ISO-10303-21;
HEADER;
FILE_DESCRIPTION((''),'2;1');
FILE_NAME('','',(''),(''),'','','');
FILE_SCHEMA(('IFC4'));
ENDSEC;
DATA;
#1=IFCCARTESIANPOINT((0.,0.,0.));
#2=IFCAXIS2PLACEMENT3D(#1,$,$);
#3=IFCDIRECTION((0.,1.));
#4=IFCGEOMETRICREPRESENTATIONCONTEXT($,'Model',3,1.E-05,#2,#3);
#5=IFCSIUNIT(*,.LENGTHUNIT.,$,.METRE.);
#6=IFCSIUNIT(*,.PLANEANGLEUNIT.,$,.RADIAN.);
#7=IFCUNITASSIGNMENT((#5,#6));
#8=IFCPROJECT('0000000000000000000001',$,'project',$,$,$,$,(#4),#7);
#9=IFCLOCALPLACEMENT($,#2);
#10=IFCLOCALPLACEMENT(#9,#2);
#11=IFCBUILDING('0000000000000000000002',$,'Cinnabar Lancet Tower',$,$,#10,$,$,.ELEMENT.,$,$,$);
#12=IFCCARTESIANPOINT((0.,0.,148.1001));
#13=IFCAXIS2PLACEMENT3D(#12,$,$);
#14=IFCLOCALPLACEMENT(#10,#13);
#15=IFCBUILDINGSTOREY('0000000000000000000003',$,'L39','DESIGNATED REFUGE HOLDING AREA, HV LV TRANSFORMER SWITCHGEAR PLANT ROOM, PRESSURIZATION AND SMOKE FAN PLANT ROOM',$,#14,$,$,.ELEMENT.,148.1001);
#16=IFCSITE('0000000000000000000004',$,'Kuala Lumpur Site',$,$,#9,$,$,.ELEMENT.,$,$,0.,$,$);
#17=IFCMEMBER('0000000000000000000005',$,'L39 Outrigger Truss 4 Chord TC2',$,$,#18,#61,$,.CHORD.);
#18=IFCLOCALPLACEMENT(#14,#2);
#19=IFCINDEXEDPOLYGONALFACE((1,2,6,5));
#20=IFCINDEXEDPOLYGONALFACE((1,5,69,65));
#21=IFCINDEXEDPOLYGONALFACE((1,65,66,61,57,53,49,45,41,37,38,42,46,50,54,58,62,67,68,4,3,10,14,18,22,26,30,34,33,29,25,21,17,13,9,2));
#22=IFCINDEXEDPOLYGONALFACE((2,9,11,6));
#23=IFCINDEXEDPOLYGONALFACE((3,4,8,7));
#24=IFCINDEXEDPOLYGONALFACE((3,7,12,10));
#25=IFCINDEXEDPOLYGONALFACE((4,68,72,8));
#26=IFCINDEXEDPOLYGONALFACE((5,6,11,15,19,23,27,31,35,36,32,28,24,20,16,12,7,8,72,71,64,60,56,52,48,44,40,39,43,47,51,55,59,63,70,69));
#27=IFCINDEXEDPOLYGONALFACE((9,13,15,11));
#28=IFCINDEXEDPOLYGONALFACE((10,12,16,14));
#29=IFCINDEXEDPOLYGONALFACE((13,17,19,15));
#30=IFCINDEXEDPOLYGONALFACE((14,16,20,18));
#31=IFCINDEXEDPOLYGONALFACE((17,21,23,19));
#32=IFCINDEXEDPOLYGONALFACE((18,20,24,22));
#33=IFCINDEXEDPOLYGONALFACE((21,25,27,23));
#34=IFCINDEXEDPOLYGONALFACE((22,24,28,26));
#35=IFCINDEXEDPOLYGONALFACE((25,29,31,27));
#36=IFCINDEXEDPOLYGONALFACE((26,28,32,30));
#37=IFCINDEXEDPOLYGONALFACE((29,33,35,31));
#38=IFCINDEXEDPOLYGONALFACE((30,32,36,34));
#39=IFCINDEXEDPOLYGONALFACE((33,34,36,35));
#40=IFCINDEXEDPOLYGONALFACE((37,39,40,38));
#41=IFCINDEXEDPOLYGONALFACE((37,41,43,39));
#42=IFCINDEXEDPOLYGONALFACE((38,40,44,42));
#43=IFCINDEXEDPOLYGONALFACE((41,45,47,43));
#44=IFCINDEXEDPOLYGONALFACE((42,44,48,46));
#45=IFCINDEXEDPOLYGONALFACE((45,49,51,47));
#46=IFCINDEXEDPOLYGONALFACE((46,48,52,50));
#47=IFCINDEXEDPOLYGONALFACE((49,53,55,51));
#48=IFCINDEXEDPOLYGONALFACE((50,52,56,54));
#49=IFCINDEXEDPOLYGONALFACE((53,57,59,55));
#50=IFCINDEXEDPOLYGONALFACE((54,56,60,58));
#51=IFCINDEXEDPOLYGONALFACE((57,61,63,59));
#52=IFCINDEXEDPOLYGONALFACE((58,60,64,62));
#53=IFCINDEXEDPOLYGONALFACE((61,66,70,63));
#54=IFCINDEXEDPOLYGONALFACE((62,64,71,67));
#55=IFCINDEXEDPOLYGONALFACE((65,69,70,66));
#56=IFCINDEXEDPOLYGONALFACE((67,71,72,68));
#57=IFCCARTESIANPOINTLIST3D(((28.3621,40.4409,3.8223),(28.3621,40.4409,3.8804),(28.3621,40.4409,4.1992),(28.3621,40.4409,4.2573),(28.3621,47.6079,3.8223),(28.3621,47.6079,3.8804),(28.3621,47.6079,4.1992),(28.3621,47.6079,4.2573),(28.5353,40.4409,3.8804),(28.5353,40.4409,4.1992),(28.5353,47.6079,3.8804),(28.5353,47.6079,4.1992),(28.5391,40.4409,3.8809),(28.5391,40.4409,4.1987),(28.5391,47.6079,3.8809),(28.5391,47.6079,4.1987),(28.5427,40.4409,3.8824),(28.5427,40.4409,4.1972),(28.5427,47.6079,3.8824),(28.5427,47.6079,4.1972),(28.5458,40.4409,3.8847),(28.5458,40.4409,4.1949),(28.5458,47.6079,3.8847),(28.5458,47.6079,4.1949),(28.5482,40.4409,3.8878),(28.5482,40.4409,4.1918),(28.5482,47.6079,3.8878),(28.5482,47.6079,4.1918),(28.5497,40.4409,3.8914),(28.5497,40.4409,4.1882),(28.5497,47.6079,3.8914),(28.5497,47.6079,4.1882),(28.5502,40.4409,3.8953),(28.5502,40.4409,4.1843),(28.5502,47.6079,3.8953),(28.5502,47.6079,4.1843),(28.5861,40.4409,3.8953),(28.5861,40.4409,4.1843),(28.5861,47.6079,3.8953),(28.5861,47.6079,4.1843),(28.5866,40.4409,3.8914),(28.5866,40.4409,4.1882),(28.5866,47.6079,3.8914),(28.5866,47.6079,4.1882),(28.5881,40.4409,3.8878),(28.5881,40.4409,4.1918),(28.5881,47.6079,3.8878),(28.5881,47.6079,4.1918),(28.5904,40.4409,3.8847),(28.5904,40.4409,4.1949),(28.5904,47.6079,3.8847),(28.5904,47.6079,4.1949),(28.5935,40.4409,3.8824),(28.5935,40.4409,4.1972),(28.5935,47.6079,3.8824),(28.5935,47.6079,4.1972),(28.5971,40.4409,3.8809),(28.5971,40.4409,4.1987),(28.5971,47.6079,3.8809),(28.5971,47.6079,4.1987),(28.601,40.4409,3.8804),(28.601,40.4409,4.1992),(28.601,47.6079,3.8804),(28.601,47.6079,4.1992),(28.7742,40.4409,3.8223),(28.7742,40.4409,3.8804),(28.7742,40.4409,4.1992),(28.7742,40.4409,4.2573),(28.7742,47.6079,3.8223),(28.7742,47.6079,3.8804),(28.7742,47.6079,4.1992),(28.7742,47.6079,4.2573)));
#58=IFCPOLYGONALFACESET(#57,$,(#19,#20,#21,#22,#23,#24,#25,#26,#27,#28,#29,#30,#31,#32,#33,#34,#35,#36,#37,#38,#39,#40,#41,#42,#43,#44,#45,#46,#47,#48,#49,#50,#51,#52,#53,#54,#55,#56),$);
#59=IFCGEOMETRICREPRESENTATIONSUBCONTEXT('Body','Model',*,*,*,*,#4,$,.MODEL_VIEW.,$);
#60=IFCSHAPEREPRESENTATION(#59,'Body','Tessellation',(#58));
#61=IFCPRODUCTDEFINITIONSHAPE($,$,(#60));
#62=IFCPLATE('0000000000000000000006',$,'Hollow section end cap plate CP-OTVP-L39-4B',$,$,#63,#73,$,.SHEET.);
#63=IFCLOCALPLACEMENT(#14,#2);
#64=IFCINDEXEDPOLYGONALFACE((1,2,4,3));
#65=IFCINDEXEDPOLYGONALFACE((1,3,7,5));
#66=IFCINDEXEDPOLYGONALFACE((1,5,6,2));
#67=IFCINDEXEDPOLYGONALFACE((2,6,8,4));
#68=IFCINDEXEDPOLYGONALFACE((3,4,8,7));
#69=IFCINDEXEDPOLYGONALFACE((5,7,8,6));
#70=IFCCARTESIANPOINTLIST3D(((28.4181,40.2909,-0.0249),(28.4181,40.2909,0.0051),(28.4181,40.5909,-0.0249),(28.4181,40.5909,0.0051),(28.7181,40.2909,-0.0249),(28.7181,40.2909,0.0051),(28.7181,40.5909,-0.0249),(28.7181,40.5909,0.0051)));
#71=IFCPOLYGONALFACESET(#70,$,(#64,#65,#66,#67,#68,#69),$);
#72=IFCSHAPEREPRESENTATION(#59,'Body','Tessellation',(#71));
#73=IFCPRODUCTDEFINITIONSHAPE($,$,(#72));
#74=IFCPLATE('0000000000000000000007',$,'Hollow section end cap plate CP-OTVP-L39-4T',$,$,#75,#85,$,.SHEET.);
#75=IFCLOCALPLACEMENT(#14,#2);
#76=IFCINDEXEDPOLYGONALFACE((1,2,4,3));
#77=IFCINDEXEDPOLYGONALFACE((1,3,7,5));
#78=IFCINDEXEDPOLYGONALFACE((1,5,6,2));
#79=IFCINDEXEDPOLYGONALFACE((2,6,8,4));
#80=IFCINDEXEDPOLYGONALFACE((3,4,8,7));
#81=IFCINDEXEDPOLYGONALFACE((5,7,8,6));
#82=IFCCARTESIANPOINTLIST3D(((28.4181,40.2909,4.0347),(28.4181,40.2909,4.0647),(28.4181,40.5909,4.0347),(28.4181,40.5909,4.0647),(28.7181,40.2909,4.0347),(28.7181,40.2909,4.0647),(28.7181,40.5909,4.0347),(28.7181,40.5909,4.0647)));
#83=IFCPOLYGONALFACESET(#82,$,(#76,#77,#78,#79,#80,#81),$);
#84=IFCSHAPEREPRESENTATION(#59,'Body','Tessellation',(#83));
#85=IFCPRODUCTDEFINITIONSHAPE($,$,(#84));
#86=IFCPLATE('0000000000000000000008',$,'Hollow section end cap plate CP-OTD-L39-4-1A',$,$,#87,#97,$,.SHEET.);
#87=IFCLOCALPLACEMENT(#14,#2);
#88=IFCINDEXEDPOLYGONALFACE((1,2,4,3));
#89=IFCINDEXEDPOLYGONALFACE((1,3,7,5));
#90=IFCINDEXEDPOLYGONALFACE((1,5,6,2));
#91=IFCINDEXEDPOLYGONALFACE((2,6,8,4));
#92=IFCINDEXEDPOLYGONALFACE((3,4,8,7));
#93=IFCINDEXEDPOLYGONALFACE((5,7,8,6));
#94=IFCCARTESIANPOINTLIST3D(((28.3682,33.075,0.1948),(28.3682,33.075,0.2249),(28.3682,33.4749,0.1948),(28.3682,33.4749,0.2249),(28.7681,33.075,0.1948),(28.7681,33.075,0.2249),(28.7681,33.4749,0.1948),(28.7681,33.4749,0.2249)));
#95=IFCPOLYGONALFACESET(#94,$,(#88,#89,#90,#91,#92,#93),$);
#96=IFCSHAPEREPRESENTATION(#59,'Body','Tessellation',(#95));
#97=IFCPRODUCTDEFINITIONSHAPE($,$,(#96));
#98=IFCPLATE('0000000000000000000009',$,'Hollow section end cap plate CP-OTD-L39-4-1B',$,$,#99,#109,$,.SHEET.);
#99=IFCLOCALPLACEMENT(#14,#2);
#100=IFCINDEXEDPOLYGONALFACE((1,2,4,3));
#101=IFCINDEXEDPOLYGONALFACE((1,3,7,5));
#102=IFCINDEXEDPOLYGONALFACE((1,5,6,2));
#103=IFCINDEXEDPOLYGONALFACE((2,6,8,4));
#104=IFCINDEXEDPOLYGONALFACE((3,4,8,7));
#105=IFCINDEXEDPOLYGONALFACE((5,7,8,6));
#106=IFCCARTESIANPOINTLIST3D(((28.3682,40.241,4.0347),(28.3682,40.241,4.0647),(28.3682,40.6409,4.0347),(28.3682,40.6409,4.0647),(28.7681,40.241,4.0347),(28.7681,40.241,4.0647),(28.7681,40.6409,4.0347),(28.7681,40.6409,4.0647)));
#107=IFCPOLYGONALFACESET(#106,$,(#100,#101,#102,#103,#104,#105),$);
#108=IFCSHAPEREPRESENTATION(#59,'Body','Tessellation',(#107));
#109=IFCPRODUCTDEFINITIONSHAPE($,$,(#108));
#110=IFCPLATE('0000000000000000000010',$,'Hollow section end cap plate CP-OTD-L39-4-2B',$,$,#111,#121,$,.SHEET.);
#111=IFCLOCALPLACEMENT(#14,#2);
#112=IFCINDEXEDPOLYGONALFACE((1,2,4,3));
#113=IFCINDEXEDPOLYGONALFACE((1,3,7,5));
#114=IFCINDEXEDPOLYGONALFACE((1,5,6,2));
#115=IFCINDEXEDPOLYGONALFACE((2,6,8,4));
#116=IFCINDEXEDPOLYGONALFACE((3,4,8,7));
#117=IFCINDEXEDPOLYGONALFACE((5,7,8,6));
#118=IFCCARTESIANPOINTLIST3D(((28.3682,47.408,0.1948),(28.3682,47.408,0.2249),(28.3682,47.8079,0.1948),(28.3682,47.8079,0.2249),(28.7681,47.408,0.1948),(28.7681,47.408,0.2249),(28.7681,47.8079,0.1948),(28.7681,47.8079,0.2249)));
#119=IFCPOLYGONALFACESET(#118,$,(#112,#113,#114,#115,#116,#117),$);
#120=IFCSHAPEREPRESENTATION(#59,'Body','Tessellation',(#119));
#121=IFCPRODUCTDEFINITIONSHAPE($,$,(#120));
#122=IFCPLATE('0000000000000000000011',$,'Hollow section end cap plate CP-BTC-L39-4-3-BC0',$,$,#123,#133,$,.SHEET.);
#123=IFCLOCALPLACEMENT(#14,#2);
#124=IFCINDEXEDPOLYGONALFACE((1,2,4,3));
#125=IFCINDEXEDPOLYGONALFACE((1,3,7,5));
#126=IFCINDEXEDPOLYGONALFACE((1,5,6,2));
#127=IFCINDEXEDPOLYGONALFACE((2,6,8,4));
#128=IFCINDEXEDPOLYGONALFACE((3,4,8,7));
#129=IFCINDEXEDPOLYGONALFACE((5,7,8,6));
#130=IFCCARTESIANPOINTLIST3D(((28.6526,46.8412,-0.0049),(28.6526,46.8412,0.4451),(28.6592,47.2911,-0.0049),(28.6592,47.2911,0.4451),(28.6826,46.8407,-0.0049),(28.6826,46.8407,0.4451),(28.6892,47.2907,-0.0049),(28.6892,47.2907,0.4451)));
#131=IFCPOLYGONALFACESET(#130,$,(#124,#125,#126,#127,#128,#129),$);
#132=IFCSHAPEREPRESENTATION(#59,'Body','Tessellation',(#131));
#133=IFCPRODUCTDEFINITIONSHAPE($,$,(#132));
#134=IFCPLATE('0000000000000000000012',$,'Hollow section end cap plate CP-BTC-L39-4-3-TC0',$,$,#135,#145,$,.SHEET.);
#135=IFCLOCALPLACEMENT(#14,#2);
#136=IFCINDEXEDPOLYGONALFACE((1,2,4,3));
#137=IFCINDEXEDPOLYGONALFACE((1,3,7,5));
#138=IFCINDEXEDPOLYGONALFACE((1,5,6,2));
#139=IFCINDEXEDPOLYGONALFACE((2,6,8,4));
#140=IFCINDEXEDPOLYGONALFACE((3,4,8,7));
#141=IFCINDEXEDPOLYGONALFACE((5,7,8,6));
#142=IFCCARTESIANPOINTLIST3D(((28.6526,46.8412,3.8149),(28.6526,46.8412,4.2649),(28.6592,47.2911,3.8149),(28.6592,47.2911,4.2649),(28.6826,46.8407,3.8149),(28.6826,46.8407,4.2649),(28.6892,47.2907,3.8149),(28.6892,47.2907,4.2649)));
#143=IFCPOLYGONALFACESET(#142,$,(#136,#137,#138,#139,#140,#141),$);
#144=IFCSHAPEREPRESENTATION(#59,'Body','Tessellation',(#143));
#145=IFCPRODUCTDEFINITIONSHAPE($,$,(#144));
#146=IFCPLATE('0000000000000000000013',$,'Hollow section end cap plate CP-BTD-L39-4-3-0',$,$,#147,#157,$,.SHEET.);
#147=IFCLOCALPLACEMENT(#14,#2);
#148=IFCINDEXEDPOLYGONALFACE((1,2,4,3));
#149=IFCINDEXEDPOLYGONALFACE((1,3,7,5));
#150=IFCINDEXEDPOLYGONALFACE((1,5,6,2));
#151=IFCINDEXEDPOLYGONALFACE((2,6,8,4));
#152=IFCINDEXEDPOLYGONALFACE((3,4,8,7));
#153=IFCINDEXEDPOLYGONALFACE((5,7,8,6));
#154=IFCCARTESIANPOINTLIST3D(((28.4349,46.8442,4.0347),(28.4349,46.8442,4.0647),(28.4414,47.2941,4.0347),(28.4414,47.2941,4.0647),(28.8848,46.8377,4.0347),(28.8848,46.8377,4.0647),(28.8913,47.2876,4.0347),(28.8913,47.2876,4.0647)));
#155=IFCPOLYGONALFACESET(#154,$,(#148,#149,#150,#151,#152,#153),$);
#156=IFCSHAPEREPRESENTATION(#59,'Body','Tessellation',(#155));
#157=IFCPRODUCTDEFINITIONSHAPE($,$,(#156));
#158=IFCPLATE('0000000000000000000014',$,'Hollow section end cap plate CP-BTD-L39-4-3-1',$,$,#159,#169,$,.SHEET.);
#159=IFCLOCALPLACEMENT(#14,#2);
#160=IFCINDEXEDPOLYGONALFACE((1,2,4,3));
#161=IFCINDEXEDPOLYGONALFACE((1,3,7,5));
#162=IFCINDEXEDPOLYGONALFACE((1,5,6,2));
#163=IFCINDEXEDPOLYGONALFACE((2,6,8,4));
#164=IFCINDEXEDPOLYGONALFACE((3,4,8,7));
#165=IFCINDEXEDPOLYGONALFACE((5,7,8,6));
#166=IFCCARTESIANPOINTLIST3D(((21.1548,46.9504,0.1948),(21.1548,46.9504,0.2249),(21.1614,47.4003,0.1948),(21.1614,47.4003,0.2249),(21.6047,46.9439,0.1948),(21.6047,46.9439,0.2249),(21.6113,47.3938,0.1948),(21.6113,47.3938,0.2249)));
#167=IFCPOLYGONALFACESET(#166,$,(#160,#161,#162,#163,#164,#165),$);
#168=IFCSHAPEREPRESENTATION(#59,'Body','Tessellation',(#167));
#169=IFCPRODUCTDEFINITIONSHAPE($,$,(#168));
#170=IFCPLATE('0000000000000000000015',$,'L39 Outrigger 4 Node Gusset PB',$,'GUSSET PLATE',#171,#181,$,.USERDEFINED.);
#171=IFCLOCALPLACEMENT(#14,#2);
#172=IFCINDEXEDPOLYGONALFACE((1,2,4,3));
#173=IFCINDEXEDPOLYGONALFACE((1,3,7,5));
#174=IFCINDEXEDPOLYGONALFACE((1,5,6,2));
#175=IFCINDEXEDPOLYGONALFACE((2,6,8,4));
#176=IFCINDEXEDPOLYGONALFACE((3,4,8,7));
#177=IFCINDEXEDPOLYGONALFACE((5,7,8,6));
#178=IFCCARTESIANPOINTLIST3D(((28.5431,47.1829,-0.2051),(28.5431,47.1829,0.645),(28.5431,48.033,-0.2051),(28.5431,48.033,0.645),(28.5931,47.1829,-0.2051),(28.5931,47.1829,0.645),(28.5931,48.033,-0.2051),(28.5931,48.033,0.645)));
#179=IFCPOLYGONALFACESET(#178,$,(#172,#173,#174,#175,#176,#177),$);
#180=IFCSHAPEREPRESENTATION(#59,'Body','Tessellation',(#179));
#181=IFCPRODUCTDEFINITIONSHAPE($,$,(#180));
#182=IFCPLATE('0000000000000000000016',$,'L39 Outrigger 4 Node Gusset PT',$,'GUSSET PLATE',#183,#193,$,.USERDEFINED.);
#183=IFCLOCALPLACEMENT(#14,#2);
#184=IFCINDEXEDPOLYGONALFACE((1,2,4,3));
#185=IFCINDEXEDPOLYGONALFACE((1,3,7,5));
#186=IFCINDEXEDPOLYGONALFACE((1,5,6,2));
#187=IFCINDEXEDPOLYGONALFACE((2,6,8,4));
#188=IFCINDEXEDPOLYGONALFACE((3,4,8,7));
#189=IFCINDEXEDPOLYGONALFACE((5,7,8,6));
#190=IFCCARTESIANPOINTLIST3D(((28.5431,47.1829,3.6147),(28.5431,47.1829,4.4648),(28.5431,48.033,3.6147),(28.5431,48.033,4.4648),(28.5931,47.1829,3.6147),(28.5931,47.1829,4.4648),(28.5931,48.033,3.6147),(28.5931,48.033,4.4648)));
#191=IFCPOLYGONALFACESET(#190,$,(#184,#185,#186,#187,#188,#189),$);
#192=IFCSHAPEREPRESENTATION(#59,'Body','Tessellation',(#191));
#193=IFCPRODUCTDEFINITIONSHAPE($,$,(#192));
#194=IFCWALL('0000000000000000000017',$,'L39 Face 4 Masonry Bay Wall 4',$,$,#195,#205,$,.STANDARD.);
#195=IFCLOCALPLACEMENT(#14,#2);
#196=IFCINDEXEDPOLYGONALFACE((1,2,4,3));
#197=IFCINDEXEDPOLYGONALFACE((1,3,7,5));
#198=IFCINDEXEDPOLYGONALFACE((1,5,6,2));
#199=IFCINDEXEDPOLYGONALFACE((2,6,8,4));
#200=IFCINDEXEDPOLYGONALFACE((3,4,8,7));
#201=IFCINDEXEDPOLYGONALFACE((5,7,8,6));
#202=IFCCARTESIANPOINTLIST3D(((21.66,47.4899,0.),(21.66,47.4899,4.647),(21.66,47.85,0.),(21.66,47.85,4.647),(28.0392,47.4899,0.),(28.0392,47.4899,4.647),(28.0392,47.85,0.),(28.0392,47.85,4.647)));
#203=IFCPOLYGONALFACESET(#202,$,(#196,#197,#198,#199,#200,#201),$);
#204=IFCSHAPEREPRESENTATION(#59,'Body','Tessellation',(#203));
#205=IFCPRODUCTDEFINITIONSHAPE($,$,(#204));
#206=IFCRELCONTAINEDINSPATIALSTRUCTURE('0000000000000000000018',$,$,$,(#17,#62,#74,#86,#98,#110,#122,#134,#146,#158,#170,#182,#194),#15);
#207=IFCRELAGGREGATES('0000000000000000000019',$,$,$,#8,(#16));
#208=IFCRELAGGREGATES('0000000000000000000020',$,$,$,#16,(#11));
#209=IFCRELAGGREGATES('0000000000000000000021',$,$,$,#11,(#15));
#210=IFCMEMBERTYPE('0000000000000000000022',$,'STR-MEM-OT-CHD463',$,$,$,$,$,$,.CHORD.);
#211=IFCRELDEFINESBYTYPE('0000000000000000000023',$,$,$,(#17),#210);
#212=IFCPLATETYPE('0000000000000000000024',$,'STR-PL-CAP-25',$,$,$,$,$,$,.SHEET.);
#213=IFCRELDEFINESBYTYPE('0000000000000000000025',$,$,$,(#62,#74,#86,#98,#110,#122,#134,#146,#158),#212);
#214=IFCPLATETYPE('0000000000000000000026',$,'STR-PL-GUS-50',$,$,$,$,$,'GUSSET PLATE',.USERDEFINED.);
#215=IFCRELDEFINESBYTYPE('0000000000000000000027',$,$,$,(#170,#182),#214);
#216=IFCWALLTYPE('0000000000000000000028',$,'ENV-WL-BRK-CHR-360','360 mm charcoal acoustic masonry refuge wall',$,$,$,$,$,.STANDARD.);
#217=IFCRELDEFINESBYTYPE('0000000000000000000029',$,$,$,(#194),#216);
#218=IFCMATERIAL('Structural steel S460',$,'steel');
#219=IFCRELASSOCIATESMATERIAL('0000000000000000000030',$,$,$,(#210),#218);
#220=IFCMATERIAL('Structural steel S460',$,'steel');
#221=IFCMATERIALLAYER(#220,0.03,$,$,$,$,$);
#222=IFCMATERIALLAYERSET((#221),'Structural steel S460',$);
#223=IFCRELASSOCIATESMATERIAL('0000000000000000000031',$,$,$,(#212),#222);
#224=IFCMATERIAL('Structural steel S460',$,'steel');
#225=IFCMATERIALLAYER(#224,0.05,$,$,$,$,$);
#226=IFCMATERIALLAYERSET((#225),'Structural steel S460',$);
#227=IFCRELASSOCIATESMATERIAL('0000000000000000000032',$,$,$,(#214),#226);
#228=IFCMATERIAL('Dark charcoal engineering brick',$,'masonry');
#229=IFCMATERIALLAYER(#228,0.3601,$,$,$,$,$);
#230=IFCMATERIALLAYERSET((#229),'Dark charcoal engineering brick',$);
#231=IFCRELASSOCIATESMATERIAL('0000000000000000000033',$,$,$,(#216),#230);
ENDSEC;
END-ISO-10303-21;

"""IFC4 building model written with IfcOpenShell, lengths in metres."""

from ifc_helpers import new_model, si_unit, direction, frame, frame_2d, origin, origin_2d, place, context, subcontext, project, spatial, rectangle, i_section, extrude, material, layer, layer_set, material_profile, profile_set, type_object, element, save


model = new_model("IFC4")

# Units and contexts
model_context = context("Model", 3, precision=1e-05, world=origin(), true_north=direction((0.0, 1.0)))
body_context = subcontext(model_context, "Body", "Model", "MODEL_VIEW")
ifc_project = project(units=[si_unit("LENGTHUNIT", "METRE"), si_unit("PLANEANGLEUNIT", "RADIAN")], contexts=[model_context])

# Site, building, storey
site_placement = place(None, origin())
site = spatial("IfcSite", under=ifc_project, at=site_placement, Name="Kuala Lumpur Site", CompositionType="ELEMENT", RefElevation=0.0)
building_placement = place(site_placement, origin())
building = spatial("IfcBuilding", under=site, at=building_placement, Name="Cinnabar Lancet Tower", CompositionType="ELEMENT")
storey_placement = place(building_placement, frame((0.0, 0.0, 148.1001)))
storey = spatial("IfcBuildingStorey", under=building, at=storey_placement, Name="L39", Description="DESIGNATED REFUGE HOLDING AREA, HV LV TRANSFORMER SWITCHGEAR PLANT ROOM, PRESSURIZATION AND SMOKE FAN PLANT ROOM", CompositionType="ELEMENT", Elevation=148.1001)

# Member
ifc_material_1 = material(Name="Structural steel S460", Category="steel")
ifc_material_profile_1 = material_profile(ifc_material_1, i_section(OverallWidth=0.4121, OverallDepth=0.4351, WebThickness=0.0359, FlangeThickness=0.0581, FilletRadius=0.0149, at=origin_2d()), Name="HD 400x463")
ifc_profile_set_1 = profile_set([ifc_material_profile_1], Name="Structural steel S460")
member_type_1 = type_object("IfcMemberType", Name="STR-MEM-OT-CHD463", PredefinedType="CHORD", material=ifc_profile_set_1)
for number, where, z_axis, x_axis, name in (
    (1, (28.5681, 40.4409, 4.0398), (0.0, 1.0, 0.0), (-1.0, 0.0, 0.0), "L39 Outrigger Truss 4 Chord TC2"),
):
    element("IfcMember", number, at=place(storey_placement, frame(where, z_axis=z_axis, x_axis=x_axis)), inside=storey, type_object=member_type_1, Name=name, PredefinedType="CHORD", context=body_context, shape_type="SweptSolid", body=[
        extrude(i_section(OverallWidth=0.4121, OverallDepth=0.4351, WebThickness=0.0359, FlangeThickness=0.0581, FilletRadius=0.0149, at=origin_2d()), origin(), (0.0, 0.0, 1.0), 7.167),
    ])

# Plates
ifc_material_2 = material(Name="Structural steel S460", Category="steel")
ifc_layer_1 = layer(ifc_material_2, 0.03)
ifc_layer_set_1 = layer_set([ifc_layer_1], Name="Structural steel S460")
plate_type_1 = type_object("IfcPlateType", Name="STR-PL-CAP-25", PredefinedType="SHEET", material=ifc_layer_set_1)
for number, where, z_axis, x_axis, name in (
    (2, (28.5681, 40.4409, -0.0249), (0.0, 0.0, 1.0), (1.0, 0.0, 0.0), "Hollow section end cap plate CP-OTVP-L39-4B"),
    (3, (28.5681, 40.4409, 4.0347), (0.0, 0.0, 1.0), (1.0, 0.0, 0.0), "Hollow section end cap plate CP-OTVP-L39-4T"),
):
    element("IfcPlate", number, at=place(storey_placement, frame(where, z_axis=z_axis, x_axis=x_axis)), inside=storey, type_object=plate_type_1, Name=name, PredefinedType="SHEET", context=body_context, shape_type="SweptSolid", body=[
        extrude(rectangle(XDim=0.3, YDim=0.3, at=origin_2d()), origin(), (0.0, 0.0, 1.0), 0.03),
    ])
for number, where, z_axis, x_axis, name in (
    (4, (28.5681, 33.2749, 0.1948), (0.0, 0.0, 1.0), (0.0, -1.0, 0.0), "Hollow section end cap plate CP-OTD-L39-4-1A"),
    (5, (28.5681, 40.4409, 4.0347), (0.0, 0.0, 1.0), (0.0, 1.0, 0.0), "Hollow section end cap plate CP-OTD-L39-4-1B"),
    (6, (28.5681, 47.6079, 0.1948), (0.0, 0.0, 1.0), (0.0, 1.0, 0.0), "Hollow section end cap plate CP-OTD-L39-4-2B"),
):
    element("IfcPlate", number, at=place(storey_placement, frame(where, z_axis=z_axis, x_axis=x_axis)), inside=storey, type_object=plate_type_1, Name=name, PredefinedType="SHEET", context=body_context, shape_type="SweptSolid", body=[
        extrude(rectangle(XDim=0.3999, YDim=0.3999, at=origin_2d()), origin(), (0.0, 0.0, 1.0), 0.03),
    ])
for number, where, z_axis, x_axis, name in (
    (7, (28.6709, 47.0659, -0.0049), (0.0, 0.0, 1.0), (0.999894, -0.014556, 0.0), "Hollow section end cap plate CP-BTC-L39-4-3-BC0"),
    (8, (28.6709, 47.0659, 3.8149), (0.0, 0.0, 1.0), (0.999894, -0.014556, 0.0), "Hollow section end cap plate CP-BTC-L39-4-3-TC0"),
):
    element("IfcPlate", number, at=place(storey_placement, frame(where, z_axis=z_axis, x_axis=x_axis)), inside=storey, type_object=plate_type_1, Name=name, PredefinedType="SHEET", context=body_context, shape_type="SweptSolid", body=[
        extrude(rectangle(XDim=0.03, YDim=0.45, at=origin_2d()), origin(), (0.0, 0.0, 1.0), 0.45),
    ])
for number, where, z_axis, x_axis, name in (
    (9, (28.6631, 47.0659, 4.0347), (0.0, 0.0, 1.0), (0.999894, -0.014556, 0.0), "Hollow section end cap plate CP-BTD-L39-4-3-0"),
    (10, (21.3831, 47.1721, 0.1948), (0.0, 0.0, 1.0), (-0.999894, 0.014556, 0.0), "Hollow section end cap plate CP-BTD-L39-4-3-1"),
):
    element("IfcPlate", number, at=place(storey_placement, frame(where, z_axis=z_axis, x_axis=x_axis)), inside=storey, type_object=plate_type_1, Name=name, PredefinedType="SHEET", context=body_context, shape_type="SweptSolid", body=[
        extrude(rectangle(XDim=0.45, YDim=0.45, at=origin_2d()), origin(), (0.0, 0.0, 1.0), 0.03),
    ])
ifc_material_3 = material(Name="Structural steel S460", Category="steel")
ifc_layer_2 = layer(ifc_material_3, 0.05)
ifc_layer_set_2 = layer_set([ifc_layer_2], Name="Structural steel S460")
plate_type_2 = type_object("IfcPlateType", Name="STR-PL-GUS-50", ElementType="GUSSET PLATE", PredefinedType="USERDEFINED", material=ifc_layer_set_2)
for number, where, z_axis, x_axis, name in (
    (11, (28.5681, 47.6079, -0.2051), (0.0, 0.0, 1.0), (1.0, 0.0, 0.0), "L39 Outrigger 4 Node Gusset PB"),
    (12, (28.5681, 47.6079, 3.6147), (0.0, 0.0, 1.0), (1.0, 0.0, 0.0), "L39 Outrigger 4 Node Gusset PT"),
):
    element("IfcPlate", number, at=place(storey_placement, frame(where, z_axis=z_axis, x_axis=x_axis)), inside=storey, type_object=plate_type_2, Name=name, ObjectType="GUSSET PLATE", PredefinedType="USERDEFINED", context=body_context, shape_type="SweptSolid", body=[
        extrude(rectangle(XDim=0.05, YDim=0.8501, at=origin_2d()), origin(), (0.0, 0.0, 1.0), 0.8501),
    ])

# Wall
ifc_material_4 = material(Name="Dark charcoal engineering brick", Category="masonry")
ifc_layer_3 = layer(ifc_material_4, 0.3601)
ifc_layer_set_3 = layer_set([ifc_layer_3], Name="Dark charcoal engineering brick")
wall_type = type_object("IfcWallType", Name="ENV-WL-BRK-CHR-360", Description="360 mm charcoal acoustic masonry refuge wall", PredefinedType="STANDARD", material=ifc_layer_set_3)
wall_placement = place(storey_placement, frame((28.0391, 47.6699, 0.0), z_axis=(0.0, 0.0, 1.0), x_axis=(-1.0, 0.0, 0.0)))
element("IfcWall", 13, at=wall_placement, inside=storey, type_object=wall_type, Name="L39 Face 4 Masonry Bay Wall 4", PredefinedType="STANDARD", context=body_context, shape_type="SweptSolid", body=[
    extrude(rectangle(XDim=6.3792, YDim=0.3601, at=frame_2d((3.1895, 0.0))), origin(), (0.0, 0.0, 1.0), 4.647),
])

save(model, "model.ifc")
